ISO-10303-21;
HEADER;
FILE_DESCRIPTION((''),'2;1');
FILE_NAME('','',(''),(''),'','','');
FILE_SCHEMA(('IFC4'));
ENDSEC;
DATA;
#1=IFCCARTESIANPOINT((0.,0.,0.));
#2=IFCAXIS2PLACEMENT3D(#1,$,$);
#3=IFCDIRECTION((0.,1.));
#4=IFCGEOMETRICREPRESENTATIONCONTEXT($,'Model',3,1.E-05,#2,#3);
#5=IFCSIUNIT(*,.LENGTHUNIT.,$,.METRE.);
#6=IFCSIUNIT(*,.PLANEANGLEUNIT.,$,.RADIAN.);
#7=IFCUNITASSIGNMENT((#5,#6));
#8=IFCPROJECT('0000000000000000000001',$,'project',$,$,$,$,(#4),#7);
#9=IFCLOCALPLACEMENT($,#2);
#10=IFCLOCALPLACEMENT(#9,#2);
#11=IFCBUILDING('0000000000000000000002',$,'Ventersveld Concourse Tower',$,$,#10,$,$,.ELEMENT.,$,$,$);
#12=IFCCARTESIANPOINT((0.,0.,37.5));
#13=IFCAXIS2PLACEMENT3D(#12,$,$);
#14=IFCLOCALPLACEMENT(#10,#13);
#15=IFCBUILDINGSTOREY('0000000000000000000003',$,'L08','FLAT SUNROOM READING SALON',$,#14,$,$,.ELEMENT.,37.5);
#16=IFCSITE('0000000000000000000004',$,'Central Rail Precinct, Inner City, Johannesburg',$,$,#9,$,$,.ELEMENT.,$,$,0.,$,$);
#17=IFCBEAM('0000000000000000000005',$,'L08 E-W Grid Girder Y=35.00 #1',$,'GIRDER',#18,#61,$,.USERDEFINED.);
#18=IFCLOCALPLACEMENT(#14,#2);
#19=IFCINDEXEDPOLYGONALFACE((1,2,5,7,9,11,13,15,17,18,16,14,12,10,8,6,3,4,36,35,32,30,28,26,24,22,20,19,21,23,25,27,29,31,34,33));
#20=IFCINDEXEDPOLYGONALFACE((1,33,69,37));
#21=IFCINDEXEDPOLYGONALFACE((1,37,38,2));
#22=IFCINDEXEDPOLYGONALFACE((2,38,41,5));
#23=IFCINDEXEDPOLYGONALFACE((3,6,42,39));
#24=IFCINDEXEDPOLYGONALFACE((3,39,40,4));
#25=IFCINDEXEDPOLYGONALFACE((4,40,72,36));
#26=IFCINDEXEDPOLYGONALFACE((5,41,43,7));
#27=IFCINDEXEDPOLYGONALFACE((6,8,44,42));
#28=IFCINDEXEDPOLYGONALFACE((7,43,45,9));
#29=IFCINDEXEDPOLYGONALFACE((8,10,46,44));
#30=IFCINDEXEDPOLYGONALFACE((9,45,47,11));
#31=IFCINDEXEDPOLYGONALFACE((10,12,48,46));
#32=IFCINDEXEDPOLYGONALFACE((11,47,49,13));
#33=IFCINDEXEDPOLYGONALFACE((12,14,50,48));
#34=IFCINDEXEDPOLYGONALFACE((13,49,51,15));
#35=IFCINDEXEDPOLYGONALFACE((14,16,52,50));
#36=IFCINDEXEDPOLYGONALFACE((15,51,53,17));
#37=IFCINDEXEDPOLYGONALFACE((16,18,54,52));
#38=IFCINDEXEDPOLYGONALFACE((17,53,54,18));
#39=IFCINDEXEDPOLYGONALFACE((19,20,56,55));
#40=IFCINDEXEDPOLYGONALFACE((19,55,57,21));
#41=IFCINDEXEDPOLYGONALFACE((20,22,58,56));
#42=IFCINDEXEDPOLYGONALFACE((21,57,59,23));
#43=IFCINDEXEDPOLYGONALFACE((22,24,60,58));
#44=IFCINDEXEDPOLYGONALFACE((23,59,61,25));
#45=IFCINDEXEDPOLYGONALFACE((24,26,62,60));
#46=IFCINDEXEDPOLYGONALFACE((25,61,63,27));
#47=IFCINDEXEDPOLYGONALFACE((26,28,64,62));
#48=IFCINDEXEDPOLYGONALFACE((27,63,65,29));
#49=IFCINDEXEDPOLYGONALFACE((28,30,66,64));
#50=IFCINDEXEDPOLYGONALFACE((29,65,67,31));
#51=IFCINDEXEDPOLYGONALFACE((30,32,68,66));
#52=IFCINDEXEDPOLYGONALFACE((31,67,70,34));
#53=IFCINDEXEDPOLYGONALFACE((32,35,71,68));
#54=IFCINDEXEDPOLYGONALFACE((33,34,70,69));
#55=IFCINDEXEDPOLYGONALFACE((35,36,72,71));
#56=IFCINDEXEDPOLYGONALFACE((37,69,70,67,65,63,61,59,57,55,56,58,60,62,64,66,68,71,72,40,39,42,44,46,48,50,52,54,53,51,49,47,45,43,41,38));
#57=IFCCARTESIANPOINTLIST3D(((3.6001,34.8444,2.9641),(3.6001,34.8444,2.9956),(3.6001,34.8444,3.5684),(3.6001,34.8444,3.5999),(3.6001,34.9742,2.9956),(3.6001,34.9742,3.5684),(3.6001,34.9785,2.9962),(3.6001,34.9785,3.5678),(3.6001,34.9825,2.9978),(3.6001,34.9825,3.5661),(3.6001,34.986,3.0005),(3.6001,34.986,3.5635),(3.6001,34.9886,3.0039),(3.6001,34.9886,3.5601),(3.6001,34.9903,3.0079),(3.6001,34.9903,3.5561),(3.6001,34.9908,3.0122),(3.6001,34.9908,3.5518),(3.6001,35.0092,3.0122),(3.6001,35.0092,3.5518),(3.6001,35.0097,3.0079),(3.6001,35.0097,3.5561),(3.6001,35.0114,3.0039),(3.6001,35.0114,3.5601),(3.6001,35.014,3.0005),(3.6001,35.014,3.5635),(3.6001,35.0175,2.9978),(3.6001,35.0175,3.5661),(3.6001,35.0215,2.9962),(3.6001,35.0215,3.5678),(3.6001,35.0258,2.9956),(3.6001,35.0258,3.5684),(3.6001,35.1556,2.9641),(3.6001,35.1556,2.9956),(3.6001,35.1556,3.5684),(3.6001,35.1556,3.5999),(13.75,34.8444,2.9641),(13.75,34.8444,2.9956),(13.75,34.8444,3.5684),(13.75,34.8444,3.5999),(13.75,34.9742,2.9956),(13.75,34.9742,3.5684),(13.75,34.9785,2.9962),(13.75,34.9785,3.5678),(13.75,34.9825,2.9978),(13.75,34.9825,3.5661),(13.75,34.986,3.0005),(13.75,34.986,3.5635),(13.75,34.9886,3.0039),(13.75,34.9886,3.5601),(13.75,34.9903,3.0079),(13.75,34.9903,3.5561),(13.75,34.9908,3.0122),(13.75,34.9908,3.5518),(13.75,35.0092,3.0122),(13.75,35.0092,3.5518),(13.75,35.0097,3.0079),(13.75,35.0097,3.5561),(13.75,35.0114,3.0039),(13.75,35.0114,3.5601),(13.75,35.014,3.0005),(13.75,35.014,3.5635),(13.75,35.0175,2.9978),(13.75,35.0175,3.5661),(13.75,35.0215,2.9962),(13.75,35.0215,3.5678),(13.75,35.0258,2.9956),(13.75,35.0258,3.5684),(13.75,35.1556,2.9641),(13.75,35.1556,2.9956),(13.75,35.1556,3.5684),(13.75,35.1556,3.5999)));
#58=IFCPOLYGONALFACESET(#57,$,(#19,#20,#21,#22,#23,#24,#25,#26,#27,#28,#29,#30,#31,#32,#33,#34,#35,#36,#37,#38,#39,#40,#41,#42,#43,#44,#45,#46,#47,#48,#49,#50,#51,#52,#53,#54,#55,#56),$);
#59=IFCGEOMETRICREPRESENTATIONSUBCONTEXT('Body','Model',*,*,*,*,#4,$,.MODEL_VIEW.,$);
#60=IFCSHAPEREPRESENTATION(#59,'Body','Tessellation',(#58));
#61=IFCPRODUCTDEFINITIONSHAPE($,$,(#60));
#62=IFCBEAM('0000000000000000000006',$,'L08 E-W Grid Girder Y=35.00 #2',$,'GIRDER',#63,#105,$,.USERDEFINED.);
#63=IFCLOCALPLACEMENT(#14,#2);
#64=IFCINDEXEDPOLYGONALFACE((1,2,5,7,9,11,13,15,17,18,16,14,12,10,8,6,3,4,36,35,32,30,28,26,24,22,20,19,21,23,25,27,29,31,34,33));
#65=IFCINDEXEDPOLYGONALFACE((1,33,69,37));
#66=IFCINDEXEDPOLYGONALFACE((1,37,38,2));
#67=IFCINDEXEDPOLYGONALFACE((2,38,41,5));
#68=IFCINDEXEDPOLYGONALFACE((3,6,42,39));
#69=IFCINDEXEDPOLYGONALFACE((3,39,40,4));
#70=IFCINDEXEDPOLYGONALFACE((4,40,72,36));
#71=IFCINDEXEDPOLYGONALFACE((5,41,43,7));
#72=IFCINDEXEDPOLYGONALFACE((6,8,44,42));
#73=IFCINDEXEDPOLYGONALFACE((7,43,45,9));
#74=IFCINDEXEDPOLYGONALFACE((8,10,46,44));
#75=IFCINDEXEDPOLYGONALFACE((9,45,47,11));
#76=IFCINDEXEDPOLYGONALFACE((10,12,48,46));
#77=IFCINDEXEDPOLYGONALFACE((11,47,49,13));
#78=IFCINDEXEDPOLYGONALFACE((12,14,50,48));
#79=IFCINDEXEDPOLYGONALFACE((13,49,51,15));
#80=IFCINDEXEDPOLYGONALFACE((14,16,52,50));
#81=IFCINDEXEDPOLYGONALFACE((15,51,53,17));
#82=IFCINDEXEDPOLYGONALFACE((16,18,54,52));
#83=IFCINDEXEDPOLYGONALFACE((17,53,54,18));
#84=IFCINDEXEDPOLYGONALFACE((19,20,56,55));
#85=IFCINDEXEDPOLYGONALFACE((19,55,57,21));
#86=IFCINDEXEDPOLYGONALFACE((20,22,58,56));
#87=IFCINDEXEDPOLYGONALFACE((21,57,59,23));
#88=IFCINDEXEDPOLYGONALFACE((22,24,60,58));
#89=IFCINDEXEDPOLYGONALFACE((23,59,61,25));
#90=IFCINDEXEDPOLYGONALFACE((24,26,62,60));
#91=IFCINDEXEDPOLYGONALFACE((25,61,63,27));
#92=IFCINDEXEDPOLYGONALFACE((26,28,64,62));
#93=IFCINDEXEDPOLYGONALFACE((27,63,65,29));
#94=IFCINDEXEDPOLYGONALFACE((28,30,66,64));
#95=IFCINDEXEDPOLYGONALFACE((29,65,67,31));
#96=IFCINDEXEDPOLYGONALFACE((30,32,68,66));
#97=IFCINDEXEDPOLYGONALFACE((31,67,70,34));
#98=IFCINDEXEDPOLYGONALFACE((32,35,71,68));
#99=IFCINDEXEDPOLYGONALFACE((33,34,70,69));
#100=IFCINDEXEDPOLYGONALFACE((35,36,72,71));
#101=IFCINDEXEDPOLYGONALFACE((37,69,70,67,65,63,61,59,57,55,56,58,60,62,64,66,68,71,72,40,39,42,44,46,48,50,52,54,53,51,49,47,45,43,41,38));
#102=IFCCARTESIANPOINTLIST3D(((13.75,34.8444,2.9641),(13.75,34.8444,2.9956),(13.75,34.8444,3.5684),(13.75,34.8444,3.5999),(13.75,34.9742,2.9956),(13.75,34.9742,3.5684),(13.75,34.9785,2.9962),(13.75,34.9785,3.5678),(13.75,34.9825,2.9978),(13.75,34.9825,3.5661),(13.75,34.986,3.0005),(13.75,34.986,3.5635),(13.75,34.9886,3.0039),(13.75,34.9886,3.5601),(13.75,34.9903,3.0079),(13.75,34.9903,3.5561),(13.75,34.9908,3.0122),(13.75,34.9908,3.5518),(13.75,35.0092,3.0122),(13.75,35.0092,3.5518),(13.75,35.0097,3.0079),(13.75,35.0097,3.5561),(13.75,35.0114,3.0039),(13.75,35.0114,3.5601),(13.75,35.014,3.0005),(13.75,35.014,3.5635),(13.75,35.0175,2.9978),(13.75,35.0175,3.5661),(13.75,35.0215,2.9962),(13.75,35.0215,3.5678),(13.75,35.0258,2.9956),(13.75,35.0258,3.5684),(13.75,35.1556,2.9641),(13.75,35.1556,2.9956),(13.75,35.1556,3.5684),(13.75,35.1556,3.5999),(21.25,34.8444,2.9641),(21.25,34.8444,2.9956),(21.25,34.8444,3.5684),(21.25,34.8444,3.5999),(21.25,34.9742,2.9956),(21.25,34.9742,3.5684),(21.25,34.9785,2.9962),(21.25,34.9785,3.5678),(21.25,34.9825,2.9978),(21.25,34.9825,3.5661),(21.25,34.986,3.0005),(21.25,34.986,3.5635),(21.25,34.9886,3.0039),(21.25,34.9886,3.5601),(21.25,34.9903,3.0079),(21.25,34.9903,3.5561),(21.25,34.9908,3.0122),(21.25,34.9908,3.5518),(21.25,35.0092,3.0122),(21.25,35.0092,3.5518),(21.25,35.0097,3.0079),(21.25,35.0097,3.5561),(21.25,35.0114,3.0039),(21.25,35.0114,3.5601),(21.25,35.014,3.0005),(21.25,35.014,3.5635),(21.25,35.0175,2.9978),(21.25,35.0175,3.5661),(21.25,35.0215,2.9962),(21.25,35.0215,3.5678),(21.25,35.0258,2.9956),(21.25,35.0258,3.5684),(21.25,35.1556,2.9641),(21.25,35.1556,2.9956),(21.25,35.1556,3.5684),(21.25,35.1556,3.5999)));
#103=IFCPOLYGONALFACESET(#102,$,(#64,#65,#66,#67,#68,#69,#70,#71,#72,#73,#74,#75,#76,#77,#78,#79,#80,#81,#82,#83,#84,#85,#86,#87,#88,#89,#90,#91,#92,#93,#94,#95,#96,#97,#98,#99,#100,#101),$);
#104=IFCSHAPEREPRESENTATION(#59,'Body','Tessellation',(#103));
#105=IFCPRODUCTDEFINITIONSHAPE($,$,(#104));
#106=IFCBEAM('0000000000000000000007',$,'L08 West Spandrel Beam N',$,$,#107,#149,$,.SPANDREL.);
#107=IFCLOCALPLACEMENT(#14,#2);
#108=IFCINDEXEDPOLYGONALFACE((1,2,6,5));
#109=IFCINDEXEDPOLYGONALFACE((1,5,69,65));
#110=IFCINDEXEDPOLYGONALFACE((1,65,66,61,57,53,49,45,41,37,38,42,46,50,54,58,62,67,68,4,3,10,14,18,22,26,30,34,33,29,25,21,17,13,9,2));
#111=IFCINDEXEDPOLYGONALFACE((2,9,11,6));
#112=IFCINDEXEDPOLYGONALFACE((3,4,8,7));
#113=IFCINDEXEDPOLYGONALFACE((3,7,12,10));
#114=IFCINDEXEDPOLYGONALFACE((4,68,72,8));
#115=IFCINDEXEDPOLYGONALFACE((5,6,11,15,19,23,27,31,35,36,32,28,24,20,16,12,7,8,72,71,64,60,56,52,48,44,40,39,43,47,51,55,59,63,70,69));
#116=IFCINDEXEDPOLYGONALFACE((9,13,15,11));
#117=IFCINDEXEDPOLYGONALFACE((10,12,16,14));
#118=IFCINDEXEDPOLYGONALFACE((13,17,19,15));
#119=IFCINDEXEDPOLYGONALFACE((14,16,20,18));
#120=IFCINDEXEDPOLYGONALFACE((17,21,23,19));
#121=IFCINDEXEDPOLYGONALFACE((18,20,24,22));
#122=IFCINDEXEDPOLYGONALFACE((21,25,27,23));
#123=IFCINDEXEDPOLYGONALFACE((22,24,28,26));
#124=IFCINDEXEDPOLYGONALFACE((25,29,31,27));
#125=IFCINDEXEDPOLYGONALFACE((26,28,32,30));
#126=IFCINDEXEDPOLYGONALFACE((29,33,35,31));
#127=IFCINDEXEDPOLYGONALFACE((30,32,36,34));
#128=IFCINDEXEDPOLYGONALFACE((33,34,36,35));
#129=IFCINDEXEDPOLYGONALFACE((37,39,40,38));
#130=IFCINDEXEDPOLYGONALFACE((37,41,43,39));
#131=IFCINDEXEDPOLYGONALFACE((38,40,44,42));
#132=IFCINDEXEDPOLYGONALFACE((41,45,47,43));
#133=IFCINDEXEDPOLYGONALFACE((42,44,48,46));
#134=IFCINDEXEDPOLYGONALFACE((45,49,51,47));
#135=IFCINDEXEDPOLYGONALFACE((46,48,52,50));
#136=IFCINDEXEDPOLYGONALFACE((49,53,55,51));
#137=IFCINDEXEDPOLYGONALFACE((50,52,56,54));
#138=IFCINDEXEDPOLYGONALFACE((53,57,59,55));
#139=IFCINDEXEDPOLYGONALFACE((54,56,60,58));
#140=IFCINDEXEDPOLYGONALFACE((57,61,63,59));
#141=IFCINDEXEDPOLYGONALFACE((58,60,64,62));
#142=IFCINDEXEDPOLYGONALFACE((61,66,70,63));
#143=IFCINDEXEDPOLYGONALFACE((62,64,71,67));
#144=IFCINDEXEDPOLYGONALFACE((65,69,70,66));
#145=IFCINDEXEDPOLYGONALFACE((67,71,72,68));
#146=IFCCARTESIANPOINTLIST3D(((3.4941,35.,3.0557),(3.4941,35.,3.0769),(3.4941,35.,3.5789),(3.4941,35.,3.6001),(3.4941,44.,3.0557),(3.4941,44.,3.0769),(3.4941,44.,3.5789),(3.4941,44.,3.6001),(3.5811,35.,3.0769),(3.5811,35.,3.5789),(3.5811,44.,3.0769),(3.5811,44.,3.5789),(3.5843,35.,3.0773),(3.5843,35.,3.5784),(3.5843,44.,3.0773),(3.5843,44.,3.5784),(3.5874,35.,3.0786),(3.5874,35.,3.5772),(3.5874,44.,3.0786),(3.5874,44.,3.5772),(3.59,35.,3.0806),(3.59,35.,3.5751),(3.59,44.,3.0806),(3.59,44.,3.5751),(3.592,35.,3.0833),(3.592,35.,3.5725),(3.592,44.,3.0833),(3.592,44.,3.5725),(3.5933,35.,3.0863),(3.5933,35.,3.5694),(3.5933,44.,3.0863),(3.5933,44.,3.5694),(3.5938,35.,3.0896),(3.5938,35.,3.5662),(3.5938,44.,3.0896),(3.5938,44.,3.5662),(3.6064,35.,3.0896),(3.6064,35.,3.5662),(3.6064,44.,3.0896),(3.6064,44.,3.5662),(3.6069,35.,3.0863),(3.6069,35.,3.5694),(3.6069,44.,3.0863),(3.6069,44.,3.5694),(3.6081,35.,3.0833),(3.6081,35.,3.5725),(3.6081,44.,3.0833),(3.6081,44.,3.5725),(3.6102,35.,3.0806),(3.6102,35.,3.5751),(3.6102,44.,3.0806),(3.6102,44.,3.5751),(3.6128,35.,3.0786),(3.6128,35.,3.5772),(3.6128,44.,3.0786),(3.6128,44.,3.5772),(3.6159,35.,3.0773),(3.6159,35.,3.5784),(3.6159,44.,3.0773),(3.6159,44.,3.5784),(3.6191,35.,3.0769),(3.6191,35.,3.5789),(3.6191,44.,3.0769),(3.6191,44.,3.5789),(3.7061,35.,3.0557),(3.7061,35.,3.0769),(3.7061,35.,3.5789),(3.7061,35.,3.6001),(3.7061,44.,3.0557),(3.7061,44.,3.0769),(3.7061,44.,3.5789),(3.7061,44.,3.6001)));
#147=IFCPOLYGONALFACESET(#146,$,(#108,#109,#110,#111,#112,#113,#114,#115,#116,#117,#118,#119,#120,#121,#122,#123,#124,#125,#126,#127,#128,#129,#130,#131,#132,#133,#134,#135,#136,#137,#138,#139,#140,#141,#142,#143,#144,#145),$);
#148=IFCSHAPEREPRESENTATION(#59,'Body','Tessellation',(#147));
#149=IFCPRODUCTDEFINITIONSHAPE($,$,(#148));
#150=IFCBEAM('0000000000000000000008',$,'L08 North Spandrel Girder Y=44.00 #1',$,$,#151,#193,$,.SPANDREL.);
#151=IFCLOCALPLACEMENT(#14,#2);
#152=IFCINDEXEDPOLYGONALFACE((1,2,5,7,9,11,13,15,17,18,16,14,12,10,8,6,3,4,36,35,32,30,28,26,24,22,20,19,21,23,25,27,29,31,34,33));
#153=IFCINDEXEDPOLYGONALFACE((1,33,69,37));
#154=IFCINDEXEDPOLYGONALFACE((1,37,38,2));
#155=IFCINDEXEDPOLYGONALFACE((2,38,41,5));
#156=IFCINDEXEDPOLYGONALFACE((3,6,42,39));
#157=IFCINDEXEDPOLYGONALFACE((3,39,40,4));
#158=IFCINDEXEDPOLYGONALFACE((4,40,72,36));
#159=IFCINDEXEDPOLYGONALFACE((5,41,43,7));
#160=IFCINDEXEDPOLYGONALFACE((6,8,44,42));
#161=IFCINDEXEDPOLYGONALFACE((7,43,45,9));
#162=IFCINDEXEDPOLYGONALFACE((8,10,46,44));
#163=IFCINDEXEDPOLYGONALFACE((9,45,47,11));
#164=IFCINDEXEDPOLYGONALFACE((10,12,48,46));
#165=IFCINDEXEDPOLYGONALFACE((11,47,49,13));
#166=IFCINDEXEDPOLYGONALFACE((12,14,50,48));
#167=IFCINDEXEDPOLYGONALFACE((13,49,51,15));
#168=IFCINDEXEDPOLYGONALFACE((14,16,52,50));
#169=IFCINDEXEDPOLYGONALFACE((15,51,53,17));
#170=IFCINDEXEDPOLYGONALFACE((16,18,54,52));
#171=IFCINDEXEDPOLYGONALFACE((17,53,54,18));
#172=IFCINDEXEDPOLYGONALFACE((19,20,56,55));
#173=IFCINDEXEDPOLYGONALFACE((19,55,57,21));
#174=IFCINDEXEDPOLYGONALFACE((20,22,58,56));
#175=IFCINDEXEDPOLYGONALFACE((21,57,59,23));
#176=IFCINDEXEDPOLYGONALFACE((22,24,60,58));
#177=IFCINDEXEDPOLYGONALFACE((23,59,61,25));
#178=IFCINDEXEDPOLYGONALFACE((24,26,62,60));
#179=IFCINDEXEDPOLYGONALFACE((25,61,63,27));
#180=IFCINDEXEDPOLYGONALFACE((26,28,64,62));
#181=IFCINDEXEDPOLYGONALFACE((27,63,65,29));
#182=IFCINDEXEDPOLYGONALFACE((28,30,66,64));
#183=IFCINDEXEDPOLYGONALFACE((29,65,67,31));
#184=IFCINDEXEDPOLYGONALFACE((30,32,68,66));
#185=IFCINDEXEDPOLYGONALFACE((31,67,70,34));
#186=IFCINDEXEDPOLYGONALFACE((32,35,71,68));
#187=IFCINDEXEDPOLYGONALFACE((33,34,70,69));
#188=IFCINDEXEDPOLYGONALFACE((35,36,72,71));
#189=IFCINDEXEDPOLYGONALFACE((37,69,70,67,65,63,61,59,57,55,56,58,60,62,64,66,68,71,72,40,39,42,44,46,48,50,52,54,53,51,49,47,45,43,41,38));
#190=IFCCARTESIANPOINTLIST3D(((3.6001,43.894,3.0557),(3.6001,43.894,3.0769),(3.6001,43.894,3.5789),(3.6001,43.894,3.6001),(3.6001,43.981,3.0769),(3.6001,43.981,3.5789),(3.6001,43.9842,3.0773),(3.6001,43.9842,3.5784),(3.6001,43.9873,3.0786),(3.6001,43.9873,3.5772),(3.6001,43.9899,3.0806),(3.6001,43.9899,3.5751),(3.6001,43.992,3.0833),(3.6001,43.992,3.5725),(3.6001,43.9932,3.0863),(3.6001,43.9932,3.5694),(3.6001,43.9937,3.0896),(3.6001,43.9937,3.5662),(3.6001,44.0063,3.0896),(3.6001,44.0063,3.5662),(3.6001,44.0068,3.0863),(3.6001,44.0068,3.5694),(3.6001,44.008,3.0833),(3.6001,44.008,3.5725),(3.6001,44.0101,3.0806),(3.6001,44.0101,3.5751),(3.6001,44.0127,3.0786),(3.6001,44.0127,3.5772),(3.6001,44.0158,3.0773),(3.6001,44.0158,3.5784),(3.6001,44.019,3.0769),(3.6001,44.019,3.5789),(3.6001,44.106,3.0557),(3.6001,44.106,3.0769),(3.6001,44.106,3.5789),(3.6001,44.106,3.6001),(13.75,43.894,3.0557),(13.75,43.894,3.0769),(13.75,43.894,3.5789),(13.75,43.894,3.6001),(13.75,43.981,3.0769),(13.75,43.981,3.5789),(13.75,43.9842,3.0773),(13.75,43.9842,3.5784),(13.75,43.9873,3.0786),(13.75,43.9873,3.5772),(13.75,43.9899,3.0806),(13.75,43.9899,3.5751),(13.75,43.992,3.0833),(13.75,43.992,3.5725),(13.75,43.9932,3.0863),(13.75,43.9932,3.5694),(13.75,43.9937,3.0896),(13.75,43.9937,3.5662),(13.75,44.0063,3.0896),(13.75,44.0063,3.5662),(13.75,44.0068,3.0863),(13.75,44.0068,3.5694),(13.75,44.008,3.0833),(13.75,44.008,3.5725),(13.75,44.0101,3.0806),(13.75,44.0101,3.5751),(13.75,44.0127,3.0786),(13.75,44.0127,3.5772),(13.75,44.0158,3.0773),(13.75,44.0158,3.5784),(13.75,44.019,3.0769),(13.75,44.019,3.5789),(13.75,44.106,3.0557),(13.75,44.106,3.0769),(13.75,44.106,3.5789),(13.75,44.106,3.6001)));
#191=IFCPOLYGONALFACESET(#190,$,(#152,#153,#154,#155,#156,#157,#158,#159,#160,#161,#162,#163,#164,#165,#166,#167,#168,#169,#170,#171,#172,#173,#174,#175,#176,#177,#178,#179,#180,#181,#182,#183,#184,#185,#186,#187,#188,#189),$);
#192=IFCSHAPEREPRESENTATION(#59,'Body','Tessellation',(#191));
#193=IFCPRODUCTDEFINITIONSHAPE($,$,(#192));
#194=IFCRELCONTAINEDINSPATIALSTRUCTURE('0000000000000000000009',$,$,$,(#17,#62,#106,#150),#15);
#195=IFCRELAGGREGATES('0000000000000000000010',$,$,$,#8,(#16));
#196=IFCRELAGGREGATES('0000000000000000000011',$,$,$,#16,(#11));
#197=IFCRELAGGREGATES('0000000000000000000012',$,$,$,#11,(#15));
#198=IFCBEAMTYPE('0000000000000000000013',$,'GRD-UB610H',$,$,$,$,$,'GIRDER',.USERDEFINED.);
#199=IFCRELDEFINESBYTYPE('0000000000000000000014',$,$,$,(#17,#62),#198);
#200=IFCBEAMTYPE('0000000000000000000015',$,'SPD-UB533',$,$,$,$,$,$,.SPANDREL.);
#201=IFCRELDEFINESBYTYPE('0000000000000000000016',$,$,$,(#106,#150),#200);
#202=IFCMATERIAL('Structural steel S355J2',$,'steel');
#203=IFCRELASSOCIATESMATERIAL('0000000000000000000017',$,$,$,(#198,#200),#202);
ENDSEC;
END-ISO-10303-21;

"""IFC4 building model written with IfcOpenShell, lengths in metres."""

from ifc_helpers import new_model, si_unit, direction, frame, origin, origin_2d, place, context, subcontext, project, spatial, i_section, extrude, material, material_profile, profile_set, type_object, element, save


model = new_model("IFC4")

# Units and contexts
model_context = context("Model", 3, precision=1e-05, world=origin(), true_north=direction((0.0, 1.0)))
body_context = subcontext(model_context, "Body", "Model", "MODEL_VIEW")
ifc_project = project(units=[si_unit("LENGTHUNIT", "METRE"), si_unit("PLANEANGLEUNIT", "RADIAN")], contexts=[model_context])

# Site, building, storey
site_placement = place(None, origin())
site = spatial("IfcSite", under=ifc_project, at=site_placement, Name="Central Rail Precinct, Inner City, Johannesburg", CompositionType="ELEMENT", RefElevation=0.0)
building_placement = place(site_placement, origin())
building = spatial("IfcBuilding", under=site, at=building_placement, Name="Ventersveld Concourse Tower", CompositionType="ELEMENT")
storey_placement = place(building_placement, frame((0.0, 0.0, 37.5)))
storey = spatial("IfcBuildingStorey", under=building, at=storey_placement, Name="L08", Description="FLAT SUNROOM READING SALON", CompositionType="ELEMENT", Elevation=37.5)

# Beams
ifc_material_1 = material(Name="Structural steel S355J2", Category="steel")
ifc_material_profile_1 = material_profile(ifc_material_1, i_section(OverallWidth=0.3113, OverallDepth=0.6357, WebThickness=0.0183, FlangeThickness=0.0315, FilletRadius=0.0166, at=origin_2d()), Name="UB 610x305x238")
ifc_profile_set_1 = profile_set([ifc_material_profile_1], Name="Structural steel S355J2")
beam_type_1 = type_object("IfcBeamType", Name="GRD-UB610H", ElementType="GIRDER", PredefinedType="USERDEFINED", material=ifc_profile_set_1)
beam_1_placement = place(storey_placement, frame((3.6001, 35.0, 3.282), z_axis=(1.0, 0.0, 0.0), x_axis=(0.0, 1.0, 0.0)))
element("IfcBeam", 1, at=beam_1_placement, inside=storey, type_object=beam_type_1, Name="L08 E-W Grid Girder Y=35.00 #1", ObjectType="GIRDER", PredefinedType="USERDEFINED", context=body_context, shape_type="SweptSolid", body=[
    extrude(i_section(OverallWidth=0.3113, OverallDepth=0.6357, WebThickness=0.0183, FlangeThickness=0.0315, FilletRadius=0.0166, at=origin_2d()), origin(), (0.0, 0.0, 1.0), 10.1499),
])
beam_2_placement = place(storey_placement, frame((13.75, 35.0, 3.282), z_axis=(1.0, 0.0, 0.0), x_axis=(0.0, 1.0, 0.0)))
element("IfcBeam", 2, at=beam_2_placement, inside=storey, type_object=beam_type_1, Name="L08 E-W Grid Girder Y=35.00 #2", ObjectType="GIRDER", PredefinedType="USERDEFINED", context=body_context, shape_type="SweptSolid", body=[
    extrude(i_section(OverallWidth=0.3113, OverallDepth=0.6357, WebThickness=0.0183, FlangeThickness=0.0315, FilletRadius=0.0166, at=origin_2d()), origin(), (0.0, 0.0, 1.0), 7.5),
])
ifc_material_profile_2 = material_profile(ifc_material_1, i_section(OverallWidth=0.2119, OverallDepth=0.5444, WebThickness=0.0127, FlangeThickness=0.0212, FilletRadius=0.0127, at=origin_2d()), Name="UB 533x210x122")
ifc_profile_set_2 = profile_set([ifc_material_profile_2], Name="Structural steel S355J2")
beam_type_2 = type_object("IfcBeamType", Name="SPD-UB533", PredefinedType="SPANDREL", material=ifc_profile_set_2)
beam_3_placement = place(storey_placement, frame((3.6001, 35.0, 3.3279), z_axis=(0.0, 1.0, 0.0), x_axis=(-1.0, 0.0, 0.0)))
element("IfcBeam", 3, at=beam_3_placement, inside=storey, type_object=beam_type_2, Name="L08 West Spandrel Beam N", PredefinedType="SPANDREL", context=body_context, shape_type="SweptSolid", body=[
    extrude(i_section(OverallWidth=0.2119, OverallDepth=0.5444, WebThickness=0.0127, FlangeThickness=0.0212, FilletRadius=0.0127, at=origin_2d()), origin(), (0.0, 0.0, 1.0), 9.0),
])
beam_4_placement = place(storey_placement, frame((3.6001, 44.0, 3.3279), z_axis=(1.0, 0.0, 0.0), x_axis=(0.0, 1.0, 0.0)))
element("IfcBeam", 4, at=beam_4_placement, inside=storey, type_object=beam_type_2, Name="L08 North Spandrel Girder Y=44.00 #1", PredefinedType="SPANDREL", context=body_context, shape_type="SweptSolid", body=[
    extrude(i_section(OverallWidth=0.2119, OverallDepth=0.5444, WebThickness=0.0127, FlangeThickness=0.0212, FilletRadius=0.0127, at=origin_2d()), origin(), (0.0, 0.0, 1.0), 10.1499),
])

save(model, "model.ifc")
